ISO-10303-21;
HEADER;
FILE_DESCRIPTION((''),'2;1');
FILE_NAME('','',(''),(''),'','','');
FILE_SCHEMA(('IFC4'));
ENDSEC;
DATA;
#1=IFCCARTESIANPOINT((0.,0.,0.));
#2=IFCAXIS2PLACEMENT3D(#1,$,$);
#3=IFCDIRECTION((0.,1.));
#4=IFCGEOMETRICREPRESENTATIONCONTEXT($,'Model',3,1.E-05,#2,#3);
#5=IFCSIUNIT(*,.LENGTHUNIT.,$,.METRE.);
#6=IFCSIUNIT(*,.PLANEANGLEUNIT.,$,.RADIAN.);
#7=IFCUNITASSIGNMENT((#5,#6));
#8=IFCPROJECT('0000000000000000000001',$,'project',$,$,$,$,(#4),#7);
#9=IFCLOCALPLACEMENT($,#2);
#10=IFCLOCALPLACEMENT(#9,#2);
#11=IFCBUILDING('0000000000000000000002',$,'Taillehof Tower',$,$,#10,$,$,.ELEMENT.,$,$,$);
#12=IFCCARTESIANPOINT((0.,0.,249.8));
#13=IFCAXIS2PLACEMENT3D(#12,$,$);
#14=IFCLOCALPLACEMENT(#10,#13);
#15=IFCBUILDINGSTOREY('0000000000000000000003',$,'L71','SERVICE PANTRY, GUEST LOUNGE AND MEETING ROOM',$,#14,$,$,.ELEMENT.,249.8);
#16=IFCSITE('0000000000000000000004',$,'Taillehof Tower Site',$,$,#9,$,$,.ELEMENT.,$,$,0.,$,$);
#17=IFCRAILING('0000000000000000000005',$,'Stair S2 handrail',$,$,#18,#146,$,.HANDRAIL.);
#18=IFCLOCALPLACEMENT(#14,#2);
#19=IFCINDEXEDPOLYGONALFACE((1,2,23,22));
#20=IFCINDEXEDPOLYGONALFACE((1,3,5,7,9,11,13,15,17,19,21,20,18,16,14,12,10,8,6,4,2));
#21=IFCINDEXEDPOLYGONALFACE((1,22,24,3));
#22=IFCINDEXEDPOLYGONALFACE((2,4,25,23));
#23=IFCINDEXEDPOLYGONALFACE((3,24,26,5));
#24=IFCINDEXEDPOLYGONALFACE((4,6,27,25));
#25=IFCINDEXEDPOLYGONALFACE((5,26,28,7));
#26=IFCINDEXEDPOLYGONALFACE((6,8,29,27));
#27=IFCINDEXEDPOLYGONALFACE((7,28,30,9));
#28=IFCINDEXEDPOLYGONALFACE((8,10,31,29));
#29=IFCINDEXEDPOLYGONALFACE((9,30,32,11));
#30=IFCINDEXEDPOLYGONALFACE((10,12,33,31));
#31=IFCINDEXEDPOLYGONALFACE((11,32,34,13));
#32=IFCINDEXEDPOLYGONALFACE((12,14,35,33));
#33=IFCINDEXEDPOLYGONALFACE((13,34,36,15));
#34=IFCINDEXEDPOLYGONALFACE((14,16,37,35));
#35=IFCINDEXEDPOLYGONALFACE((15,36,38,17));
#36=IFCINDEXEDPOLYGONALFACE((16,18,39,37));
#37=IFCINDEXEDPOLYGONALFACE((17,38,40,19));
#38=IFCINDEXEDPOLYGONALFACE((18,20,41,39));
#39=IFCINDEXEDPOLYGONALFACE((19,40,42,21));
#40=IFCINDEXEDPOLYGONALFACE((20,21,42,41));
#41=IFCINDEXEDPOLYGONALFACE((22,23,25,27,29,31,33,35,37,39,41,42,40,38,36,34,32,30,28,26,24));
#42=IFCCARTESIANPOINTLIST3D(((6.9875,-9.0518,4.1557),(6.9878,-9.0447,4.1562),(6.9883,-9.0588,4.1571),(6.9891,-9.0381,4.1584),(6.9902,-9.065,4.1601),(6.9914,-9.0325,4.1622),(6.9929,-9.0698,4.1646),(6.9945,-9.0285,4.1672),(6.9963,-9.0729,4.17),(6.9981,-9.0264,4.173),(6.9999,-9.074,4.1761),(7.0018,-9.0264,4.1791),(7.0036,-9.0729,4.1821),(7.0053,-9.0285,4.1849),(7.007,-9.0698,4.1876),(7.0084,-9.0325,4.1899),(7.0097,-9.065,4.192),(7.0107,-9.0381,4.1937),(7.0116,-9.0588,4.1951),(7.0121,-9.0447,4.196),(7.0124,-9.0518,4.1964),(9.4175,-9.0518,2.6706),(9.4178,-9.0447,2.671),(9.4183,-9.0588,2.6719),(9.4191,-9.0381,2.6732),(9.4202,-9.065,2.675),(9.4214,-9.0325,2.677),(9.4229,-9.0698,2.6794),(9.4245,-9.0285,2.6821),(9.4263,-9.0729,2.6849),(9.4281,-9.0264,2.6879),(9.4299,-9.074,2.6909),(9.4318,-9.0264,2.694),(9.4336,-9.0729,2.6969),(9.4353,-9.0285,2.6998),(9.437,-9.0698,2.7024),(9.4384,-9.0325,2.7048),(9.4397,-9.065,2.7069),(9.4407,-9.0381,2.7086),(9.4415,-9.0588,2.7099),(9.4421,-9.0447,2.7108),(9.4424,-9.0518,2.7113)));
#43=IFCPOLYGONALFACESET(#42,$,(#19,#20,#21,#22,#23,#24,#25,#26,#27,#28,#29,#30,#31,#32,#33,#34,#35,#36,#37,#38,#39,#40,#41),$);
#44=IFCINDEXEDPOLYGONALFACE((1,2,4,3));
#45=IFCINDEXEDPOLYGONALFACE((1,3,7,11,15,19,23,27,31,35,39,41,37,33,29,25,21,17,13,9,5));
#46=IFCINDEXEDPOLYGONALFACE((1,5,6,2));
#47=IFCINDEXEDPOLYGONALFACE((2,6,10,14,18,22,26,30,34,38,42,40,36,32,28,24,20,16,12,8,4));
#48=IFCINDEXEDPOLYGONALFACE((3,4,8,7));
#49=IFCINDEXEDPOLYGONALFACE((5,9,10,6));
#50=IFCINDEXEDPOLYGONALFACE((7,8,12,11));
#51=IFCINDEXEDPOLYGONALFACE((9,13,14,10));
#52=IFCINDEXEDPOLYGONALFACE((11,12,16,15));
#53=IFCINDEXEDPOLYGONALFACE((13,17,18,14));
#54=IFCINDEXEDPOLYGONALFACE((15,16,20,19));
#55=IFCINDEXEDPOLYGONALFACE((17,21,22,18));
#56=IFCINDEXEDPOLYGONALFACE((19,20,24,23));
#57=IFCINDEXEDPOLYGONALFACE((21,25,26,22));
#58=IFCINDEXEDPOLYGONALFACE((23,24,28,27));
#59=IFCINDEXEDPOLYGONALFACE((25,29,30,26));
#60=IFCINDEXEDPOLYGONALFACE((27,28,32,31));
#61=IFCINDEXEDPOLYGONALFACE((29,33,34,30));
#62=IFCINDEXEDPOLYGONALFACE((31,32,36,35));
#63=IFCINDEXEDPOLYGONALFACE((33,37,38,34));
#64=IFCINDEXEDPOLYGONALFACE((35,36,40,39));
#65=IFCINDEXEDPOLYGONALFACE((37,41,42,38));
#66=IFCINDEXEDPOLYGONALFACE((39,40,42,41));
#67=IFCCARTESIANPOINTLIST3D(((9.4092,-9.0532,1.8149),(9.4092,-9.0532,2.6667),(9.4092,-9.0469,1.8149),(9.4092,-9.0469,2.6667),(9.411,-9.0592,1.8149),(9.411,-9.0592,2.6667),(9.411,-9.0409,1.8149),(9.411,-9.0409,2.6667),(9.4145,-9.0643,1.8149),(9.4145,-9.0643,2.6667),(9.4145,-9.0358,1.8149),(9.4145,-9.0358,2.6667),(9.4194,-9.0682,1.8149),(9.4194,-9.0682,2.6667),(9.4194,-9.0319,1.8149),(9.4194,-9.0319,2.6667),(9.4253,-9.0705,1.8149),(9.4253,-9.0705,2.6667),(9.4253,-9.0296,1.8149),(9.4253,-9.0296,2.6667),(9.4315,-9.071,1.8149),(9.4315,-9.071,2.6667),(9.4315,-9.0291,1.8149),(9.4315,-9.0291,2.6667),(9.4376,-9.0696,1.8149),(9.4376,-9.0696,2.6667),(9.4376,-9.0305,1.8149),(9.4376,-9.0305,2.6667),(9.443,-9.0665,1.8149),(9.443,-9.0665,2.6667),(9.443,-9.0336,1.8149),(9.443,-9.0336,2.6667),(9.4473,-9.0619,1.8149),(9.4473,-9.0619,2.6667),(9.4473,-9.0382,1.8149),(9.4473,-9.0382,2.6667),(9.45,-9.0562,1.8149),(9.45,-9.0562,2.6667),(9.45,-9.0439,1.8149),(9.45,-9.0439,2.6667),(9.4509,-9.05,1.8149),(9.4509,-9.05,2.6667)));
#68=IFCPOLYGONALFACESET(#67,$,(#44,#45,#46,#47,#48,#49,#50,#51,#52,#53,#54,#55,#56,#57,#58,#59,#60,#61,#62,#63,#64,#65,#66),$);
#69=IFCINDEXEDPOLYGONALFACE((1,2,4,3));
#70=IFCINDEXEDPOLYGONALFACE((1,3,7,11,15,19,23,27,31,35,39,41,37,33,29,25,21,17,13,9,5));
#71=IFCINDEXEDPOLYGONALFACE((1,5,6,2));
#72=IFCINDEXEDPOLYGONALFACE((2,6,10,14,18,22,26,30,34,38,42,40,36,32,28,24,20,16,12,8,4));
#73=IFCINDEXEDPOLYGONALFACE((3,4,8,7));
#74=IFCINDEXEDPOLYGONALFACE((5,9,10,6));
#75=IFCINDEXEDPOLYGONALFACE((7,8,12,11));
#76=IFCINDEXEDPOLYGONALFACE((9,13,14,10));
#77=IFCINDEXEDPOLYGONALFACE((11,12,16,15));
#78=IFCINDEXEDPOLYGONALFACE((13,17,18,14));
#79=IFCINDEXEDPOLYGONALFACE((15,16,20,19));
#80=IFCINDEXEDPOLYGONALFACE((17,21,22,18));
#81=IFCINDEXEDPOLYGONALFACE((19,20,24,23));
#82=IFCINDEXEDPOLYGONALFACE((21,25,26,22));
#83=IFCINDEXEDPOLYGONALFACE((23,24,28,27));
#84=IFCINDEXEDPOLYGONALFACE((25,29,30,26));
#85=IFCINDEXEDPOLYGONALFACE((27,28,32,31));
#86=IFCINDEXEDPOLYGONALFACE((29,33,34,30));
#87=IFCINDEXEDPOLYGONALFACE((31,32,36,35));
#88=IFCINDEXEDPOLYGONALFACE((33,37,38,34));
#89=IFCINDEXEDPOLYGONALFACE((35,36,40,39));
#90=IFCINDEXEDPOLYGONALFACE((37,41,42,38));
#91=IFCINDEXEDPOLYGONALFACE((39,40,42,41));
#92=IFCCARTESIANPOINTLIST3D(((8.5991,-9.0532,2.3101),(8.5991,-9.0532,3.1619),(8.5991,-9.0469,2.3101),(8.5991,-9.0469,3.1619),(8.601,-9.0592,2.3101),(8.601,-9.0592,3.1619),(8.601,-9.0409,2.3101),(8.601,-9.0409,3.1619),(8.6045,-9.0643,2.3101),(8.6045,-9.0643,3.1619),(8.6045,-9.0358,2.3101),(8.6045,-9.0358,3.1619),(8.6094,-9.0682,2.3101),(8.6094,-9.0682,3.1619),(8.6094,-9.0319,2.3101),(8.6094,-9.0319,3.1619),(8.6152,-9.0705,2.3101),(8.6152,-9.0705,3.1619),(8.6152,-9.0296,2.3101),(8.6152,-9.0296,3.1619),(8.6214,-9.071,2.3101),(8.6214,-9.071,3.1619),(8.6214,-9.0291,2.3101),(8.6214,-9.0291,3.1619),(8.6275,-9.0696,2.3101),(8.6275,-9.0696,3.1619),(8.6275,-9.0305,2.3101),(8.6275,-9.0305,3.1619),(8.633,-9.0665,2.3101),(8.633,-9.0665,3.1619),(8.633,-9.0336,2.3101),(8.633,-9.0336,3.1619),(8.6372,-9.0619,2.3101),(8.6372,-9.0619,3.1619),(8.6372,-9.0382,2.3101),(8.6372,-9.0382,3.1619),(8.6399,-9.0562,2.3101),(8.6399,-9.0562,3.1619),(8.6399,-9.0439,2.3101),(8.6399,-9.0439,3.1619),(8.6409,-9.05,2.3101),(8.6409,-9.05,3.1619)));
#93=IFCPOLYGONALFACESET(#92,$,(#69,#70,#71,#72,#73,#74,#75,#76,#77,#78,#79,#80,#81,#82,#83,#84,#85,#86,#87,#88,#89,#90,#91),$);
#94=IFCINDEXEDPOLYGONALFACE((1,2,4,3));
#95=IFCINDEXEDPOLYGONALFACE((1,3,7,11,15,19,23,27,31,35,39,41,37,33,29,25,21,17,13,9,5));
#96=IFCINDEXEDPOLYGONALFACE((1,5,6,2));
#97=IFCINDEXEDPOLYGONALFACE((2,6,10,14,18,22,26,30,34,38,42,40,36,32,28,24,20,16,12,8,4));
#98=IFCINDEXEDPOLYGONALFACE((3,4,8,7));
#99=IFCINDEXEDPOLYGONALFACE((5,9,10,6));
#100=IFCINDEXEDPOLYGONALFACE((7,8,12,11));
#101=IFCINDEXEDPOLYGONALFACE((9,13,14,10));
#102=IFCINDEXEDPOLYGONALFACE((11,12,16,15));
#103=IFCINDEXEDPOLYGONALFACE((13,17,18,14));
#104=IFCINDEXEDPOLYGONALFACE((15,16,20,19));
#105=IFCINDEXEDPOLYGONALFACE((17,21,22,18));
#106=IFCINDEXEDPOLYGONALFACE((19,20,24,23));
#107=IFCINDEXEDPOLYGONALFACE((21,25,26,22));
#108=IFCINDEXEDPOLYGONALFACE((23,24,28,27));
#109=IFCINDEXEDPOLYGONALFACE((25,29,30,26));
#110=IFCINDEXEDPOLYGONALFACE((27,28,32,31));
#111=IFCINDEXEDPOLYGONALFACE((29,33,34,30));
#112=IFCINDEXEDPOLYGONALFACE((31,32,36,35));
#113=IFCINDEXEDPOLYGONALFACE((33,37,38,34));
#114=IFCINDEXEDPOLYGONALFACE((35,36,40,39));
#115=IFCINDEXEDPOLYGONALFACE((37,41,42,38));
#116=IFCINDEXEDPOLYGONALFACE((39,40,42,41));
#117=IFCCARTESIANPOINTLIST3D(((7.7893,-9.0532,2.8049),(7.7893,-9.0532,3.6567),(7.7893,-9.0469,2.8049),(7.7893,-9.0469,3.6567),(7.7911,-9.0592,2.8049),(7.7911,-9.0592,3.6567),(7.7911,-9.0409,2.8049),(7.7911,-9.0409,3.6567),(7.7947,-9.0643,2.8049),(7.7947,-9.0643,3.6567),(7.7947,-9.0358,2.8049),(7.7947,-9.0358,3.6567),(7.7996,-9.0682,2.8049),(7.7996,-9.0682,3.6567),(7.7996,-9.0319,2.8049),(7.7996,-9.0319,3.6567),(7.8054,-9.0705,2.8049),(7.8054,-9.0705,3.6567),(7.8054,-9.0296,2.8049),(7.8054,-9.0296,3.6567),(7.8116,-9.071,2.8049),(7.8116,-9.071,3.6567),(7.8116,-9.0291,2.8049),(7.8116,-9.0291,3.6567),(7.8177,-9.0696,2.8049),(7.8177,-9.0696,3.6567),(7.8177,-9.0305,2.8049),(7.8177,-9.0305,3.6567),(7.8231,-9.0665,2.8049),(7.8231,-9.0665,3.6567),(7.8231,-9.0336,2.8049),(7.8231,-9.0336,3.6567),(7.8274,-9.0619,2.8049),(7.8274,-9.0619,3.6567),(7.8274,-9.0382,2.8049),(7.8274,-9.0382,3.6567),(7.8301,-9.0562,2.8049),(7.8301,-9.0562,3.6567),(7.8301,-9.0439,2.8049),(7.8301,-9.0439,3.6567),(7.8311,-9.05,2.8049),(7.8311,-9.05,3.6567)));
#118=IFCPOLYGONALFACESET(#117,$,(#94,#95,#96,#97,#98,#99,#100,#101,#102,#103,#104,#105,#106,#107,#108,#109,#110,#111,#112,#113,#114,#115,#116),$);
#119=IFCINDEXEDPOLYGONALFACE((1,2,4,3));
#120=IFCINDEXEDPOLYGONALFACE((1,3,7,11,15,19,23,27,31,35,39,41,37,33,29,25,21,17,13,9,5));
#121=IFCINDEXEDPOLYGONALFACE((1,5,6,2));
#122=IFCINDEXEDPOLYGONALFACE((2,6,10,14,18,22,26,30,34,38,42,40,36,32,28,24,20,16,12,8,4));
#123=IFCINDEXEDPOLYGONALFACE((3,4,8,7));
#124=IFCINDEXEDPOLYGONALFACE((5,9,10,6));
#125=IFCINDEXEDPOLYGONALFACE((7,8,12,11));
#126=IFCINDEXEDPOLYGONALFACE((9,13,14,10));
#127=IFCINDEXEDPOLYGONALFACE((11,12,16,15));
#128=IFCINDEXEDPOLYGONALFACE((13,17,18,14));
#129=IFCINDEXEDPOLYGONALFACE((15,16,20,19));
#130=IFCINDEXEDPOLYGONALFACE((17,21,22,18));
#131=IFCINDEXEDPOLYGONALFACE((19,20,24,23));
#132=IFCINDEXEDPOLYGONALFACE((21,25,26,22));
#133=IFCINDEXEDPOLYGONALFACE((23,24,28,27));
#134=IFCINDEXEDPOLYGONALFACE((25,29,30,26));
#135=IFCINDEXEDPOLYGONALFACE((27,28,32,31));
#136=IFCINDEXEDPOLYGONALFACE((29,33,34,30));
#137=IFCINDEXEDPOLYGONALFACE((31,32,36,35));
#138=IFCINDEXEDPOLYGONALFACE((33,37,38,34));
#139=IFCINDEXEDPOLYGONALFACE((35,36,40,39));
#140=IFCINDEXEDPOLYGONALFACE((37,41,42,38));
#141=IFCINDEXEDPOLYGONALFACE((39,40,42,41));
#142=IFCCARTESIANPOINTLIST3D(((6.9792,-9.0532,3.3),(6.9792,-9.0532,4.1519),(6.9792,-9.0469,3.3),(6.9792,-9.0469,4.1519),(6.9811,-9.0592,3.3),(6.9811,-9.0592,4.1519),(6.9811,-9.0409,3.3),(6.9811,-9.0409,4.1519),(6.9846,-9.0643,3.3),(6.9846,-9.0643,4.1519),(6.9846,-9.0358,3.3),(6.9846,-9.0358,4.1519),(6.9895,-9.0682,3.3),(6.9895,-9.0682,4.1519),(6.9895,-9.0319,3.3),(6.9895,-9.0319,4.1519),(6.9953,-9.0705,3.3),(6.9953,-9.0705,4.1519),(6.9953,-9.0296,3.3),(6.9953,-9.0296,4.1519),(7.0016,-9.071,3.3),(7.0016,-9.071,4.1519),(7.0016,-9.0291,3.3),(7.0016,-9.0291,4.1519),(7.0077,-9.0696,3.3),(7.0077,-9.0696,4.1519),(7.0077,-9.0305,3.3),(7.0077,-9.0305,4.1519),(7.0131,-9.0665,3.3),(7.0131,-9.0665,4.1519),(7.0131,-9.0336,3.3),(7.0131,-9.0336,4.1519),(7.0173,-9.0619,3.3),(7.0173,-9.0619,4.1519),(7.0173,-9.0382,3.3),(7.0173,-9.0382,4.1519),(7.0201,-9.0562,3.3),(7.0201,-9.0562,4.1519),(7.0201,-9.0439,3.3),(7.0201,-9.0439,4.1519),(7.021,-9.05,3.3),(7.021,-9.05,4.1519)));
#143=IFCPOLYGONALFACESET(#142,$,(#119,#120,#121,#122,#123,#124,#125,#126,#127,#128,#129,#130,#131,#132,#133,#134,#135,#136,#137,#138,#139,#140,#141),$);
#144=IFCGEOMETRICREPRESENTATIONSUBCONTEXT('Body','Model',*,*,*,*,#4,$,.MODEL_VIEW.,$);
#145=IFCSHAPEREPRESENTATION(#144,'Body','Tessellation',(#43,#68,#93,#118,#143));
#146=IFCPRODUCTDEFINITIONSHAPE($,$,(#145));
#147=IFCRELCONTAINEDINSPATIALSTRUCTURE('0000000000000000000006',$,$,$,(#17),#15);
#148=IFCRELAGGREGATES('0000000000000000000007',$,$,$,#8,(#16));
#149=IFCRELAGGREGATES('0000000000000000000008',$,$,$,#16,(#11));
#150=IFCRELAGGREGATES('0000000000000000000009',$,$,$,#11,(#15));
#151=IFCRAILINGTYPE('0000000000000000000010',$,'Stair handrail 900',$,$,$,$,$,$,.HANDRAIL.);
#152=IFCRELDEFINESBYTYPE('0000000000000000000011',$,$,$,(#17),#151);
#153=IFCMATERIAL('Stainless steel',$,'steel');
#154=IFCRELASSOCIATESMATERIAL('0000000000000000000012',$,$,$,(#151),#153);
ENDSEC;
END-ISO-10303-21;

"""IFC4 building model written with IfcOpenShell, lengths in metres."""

from ifc_helpers import new_model, si_unit, direction, frame, origin, origin_2d, place, context, subcontext, project, spatial, circle, extrude, material, type_object, element, save


model = new_model("IFC4")

# Units and contexts
model_context = context("Model", 3, precision=1e-05, world=origin(), true_north=direction((0.0, 1.0)))
body_context = subcontext(model_context, "Body", "Model", "MODEL_VIEW")
ifc_project = project(units=[si_unit("LENGTHUNIT", "METRE"), si_unit("PLANEANGLEUNIT", "RADIAN")], contexts=[model_context])

# Site, building, storey
site_placement = place(None, origin())
site = spatial("IfcSite", under=ifc_project, at=site_placement, Name="Taillehof Tower Site", CompositionType="ELEMENT", RefElevation=0.0)
building_placement = place(site_placement, origin())
building = spatial("IfcBuilding", under=site, at=building_placement, Name="Taillehof Tower", CompositionType="ELEMENT")
storey_placement = place(building_placement, frame((0.0, 0.0, 249.8)))
storey = spatial("IfcBuildingStorey", under=building, at=storey_placement, Name="L71", Description="SERVICE PANTRY, GUEST LOUNGE AND MEETING ROOM", CompositionType="ELEMENT", Elevation=249.8)

# Railing
ifc_material_1 = material(Name="Stainless steel", Category="steel")
railing_type = type_object("IfcRailingType", Name="Stair handrail 900", PredefinedType="HANDRAIL", material=ifc_material_1)
railing_placement = place(storey_placement, frame((9.4299, -9.05, 1.8149)))
element("IfcRailing", 1, at=railing_placement, inside=storey, type_object=railing_type, Name="Stair S2 handrail", PredefinedType="HANDRAIL", context=body_context, shape_type="SweptSolid", body=[
    extrude(circle(Radius=0.0239, at=origin_2d()), frame((0.0, 0.0, 0.876), z_axis=(-0.853259, 0.0, 0.521488), x_axis=(0.0, -1.0, 0.0)), (0.0, 0.0, 1.0), 2.8479),
    extrude(circle(Radius=0.021, at=origin_2d()), origin(), (0.0, 0.0, 1.0), 0.8518),
    extrude(circle(Radius=0.021, at=origin_2d()), frame((-0.8101, 0.0, 0.4951)), (0.0, 0.0, 1.0), 0.8518),
    extrude(circle(Radius=0.021, at=origin_2d()), frame((-1.6199, 0.0, 0.99)), (0.0, 0.0, 1.0), 0.8518),
    extrude(circle(Radius=0.021, at=origin_2d()), frame((-2.4299, 0.0, 1.4851)), (0.0, 0.0, 1.0), 0.8518),
])

save(model, "model.ifc")
